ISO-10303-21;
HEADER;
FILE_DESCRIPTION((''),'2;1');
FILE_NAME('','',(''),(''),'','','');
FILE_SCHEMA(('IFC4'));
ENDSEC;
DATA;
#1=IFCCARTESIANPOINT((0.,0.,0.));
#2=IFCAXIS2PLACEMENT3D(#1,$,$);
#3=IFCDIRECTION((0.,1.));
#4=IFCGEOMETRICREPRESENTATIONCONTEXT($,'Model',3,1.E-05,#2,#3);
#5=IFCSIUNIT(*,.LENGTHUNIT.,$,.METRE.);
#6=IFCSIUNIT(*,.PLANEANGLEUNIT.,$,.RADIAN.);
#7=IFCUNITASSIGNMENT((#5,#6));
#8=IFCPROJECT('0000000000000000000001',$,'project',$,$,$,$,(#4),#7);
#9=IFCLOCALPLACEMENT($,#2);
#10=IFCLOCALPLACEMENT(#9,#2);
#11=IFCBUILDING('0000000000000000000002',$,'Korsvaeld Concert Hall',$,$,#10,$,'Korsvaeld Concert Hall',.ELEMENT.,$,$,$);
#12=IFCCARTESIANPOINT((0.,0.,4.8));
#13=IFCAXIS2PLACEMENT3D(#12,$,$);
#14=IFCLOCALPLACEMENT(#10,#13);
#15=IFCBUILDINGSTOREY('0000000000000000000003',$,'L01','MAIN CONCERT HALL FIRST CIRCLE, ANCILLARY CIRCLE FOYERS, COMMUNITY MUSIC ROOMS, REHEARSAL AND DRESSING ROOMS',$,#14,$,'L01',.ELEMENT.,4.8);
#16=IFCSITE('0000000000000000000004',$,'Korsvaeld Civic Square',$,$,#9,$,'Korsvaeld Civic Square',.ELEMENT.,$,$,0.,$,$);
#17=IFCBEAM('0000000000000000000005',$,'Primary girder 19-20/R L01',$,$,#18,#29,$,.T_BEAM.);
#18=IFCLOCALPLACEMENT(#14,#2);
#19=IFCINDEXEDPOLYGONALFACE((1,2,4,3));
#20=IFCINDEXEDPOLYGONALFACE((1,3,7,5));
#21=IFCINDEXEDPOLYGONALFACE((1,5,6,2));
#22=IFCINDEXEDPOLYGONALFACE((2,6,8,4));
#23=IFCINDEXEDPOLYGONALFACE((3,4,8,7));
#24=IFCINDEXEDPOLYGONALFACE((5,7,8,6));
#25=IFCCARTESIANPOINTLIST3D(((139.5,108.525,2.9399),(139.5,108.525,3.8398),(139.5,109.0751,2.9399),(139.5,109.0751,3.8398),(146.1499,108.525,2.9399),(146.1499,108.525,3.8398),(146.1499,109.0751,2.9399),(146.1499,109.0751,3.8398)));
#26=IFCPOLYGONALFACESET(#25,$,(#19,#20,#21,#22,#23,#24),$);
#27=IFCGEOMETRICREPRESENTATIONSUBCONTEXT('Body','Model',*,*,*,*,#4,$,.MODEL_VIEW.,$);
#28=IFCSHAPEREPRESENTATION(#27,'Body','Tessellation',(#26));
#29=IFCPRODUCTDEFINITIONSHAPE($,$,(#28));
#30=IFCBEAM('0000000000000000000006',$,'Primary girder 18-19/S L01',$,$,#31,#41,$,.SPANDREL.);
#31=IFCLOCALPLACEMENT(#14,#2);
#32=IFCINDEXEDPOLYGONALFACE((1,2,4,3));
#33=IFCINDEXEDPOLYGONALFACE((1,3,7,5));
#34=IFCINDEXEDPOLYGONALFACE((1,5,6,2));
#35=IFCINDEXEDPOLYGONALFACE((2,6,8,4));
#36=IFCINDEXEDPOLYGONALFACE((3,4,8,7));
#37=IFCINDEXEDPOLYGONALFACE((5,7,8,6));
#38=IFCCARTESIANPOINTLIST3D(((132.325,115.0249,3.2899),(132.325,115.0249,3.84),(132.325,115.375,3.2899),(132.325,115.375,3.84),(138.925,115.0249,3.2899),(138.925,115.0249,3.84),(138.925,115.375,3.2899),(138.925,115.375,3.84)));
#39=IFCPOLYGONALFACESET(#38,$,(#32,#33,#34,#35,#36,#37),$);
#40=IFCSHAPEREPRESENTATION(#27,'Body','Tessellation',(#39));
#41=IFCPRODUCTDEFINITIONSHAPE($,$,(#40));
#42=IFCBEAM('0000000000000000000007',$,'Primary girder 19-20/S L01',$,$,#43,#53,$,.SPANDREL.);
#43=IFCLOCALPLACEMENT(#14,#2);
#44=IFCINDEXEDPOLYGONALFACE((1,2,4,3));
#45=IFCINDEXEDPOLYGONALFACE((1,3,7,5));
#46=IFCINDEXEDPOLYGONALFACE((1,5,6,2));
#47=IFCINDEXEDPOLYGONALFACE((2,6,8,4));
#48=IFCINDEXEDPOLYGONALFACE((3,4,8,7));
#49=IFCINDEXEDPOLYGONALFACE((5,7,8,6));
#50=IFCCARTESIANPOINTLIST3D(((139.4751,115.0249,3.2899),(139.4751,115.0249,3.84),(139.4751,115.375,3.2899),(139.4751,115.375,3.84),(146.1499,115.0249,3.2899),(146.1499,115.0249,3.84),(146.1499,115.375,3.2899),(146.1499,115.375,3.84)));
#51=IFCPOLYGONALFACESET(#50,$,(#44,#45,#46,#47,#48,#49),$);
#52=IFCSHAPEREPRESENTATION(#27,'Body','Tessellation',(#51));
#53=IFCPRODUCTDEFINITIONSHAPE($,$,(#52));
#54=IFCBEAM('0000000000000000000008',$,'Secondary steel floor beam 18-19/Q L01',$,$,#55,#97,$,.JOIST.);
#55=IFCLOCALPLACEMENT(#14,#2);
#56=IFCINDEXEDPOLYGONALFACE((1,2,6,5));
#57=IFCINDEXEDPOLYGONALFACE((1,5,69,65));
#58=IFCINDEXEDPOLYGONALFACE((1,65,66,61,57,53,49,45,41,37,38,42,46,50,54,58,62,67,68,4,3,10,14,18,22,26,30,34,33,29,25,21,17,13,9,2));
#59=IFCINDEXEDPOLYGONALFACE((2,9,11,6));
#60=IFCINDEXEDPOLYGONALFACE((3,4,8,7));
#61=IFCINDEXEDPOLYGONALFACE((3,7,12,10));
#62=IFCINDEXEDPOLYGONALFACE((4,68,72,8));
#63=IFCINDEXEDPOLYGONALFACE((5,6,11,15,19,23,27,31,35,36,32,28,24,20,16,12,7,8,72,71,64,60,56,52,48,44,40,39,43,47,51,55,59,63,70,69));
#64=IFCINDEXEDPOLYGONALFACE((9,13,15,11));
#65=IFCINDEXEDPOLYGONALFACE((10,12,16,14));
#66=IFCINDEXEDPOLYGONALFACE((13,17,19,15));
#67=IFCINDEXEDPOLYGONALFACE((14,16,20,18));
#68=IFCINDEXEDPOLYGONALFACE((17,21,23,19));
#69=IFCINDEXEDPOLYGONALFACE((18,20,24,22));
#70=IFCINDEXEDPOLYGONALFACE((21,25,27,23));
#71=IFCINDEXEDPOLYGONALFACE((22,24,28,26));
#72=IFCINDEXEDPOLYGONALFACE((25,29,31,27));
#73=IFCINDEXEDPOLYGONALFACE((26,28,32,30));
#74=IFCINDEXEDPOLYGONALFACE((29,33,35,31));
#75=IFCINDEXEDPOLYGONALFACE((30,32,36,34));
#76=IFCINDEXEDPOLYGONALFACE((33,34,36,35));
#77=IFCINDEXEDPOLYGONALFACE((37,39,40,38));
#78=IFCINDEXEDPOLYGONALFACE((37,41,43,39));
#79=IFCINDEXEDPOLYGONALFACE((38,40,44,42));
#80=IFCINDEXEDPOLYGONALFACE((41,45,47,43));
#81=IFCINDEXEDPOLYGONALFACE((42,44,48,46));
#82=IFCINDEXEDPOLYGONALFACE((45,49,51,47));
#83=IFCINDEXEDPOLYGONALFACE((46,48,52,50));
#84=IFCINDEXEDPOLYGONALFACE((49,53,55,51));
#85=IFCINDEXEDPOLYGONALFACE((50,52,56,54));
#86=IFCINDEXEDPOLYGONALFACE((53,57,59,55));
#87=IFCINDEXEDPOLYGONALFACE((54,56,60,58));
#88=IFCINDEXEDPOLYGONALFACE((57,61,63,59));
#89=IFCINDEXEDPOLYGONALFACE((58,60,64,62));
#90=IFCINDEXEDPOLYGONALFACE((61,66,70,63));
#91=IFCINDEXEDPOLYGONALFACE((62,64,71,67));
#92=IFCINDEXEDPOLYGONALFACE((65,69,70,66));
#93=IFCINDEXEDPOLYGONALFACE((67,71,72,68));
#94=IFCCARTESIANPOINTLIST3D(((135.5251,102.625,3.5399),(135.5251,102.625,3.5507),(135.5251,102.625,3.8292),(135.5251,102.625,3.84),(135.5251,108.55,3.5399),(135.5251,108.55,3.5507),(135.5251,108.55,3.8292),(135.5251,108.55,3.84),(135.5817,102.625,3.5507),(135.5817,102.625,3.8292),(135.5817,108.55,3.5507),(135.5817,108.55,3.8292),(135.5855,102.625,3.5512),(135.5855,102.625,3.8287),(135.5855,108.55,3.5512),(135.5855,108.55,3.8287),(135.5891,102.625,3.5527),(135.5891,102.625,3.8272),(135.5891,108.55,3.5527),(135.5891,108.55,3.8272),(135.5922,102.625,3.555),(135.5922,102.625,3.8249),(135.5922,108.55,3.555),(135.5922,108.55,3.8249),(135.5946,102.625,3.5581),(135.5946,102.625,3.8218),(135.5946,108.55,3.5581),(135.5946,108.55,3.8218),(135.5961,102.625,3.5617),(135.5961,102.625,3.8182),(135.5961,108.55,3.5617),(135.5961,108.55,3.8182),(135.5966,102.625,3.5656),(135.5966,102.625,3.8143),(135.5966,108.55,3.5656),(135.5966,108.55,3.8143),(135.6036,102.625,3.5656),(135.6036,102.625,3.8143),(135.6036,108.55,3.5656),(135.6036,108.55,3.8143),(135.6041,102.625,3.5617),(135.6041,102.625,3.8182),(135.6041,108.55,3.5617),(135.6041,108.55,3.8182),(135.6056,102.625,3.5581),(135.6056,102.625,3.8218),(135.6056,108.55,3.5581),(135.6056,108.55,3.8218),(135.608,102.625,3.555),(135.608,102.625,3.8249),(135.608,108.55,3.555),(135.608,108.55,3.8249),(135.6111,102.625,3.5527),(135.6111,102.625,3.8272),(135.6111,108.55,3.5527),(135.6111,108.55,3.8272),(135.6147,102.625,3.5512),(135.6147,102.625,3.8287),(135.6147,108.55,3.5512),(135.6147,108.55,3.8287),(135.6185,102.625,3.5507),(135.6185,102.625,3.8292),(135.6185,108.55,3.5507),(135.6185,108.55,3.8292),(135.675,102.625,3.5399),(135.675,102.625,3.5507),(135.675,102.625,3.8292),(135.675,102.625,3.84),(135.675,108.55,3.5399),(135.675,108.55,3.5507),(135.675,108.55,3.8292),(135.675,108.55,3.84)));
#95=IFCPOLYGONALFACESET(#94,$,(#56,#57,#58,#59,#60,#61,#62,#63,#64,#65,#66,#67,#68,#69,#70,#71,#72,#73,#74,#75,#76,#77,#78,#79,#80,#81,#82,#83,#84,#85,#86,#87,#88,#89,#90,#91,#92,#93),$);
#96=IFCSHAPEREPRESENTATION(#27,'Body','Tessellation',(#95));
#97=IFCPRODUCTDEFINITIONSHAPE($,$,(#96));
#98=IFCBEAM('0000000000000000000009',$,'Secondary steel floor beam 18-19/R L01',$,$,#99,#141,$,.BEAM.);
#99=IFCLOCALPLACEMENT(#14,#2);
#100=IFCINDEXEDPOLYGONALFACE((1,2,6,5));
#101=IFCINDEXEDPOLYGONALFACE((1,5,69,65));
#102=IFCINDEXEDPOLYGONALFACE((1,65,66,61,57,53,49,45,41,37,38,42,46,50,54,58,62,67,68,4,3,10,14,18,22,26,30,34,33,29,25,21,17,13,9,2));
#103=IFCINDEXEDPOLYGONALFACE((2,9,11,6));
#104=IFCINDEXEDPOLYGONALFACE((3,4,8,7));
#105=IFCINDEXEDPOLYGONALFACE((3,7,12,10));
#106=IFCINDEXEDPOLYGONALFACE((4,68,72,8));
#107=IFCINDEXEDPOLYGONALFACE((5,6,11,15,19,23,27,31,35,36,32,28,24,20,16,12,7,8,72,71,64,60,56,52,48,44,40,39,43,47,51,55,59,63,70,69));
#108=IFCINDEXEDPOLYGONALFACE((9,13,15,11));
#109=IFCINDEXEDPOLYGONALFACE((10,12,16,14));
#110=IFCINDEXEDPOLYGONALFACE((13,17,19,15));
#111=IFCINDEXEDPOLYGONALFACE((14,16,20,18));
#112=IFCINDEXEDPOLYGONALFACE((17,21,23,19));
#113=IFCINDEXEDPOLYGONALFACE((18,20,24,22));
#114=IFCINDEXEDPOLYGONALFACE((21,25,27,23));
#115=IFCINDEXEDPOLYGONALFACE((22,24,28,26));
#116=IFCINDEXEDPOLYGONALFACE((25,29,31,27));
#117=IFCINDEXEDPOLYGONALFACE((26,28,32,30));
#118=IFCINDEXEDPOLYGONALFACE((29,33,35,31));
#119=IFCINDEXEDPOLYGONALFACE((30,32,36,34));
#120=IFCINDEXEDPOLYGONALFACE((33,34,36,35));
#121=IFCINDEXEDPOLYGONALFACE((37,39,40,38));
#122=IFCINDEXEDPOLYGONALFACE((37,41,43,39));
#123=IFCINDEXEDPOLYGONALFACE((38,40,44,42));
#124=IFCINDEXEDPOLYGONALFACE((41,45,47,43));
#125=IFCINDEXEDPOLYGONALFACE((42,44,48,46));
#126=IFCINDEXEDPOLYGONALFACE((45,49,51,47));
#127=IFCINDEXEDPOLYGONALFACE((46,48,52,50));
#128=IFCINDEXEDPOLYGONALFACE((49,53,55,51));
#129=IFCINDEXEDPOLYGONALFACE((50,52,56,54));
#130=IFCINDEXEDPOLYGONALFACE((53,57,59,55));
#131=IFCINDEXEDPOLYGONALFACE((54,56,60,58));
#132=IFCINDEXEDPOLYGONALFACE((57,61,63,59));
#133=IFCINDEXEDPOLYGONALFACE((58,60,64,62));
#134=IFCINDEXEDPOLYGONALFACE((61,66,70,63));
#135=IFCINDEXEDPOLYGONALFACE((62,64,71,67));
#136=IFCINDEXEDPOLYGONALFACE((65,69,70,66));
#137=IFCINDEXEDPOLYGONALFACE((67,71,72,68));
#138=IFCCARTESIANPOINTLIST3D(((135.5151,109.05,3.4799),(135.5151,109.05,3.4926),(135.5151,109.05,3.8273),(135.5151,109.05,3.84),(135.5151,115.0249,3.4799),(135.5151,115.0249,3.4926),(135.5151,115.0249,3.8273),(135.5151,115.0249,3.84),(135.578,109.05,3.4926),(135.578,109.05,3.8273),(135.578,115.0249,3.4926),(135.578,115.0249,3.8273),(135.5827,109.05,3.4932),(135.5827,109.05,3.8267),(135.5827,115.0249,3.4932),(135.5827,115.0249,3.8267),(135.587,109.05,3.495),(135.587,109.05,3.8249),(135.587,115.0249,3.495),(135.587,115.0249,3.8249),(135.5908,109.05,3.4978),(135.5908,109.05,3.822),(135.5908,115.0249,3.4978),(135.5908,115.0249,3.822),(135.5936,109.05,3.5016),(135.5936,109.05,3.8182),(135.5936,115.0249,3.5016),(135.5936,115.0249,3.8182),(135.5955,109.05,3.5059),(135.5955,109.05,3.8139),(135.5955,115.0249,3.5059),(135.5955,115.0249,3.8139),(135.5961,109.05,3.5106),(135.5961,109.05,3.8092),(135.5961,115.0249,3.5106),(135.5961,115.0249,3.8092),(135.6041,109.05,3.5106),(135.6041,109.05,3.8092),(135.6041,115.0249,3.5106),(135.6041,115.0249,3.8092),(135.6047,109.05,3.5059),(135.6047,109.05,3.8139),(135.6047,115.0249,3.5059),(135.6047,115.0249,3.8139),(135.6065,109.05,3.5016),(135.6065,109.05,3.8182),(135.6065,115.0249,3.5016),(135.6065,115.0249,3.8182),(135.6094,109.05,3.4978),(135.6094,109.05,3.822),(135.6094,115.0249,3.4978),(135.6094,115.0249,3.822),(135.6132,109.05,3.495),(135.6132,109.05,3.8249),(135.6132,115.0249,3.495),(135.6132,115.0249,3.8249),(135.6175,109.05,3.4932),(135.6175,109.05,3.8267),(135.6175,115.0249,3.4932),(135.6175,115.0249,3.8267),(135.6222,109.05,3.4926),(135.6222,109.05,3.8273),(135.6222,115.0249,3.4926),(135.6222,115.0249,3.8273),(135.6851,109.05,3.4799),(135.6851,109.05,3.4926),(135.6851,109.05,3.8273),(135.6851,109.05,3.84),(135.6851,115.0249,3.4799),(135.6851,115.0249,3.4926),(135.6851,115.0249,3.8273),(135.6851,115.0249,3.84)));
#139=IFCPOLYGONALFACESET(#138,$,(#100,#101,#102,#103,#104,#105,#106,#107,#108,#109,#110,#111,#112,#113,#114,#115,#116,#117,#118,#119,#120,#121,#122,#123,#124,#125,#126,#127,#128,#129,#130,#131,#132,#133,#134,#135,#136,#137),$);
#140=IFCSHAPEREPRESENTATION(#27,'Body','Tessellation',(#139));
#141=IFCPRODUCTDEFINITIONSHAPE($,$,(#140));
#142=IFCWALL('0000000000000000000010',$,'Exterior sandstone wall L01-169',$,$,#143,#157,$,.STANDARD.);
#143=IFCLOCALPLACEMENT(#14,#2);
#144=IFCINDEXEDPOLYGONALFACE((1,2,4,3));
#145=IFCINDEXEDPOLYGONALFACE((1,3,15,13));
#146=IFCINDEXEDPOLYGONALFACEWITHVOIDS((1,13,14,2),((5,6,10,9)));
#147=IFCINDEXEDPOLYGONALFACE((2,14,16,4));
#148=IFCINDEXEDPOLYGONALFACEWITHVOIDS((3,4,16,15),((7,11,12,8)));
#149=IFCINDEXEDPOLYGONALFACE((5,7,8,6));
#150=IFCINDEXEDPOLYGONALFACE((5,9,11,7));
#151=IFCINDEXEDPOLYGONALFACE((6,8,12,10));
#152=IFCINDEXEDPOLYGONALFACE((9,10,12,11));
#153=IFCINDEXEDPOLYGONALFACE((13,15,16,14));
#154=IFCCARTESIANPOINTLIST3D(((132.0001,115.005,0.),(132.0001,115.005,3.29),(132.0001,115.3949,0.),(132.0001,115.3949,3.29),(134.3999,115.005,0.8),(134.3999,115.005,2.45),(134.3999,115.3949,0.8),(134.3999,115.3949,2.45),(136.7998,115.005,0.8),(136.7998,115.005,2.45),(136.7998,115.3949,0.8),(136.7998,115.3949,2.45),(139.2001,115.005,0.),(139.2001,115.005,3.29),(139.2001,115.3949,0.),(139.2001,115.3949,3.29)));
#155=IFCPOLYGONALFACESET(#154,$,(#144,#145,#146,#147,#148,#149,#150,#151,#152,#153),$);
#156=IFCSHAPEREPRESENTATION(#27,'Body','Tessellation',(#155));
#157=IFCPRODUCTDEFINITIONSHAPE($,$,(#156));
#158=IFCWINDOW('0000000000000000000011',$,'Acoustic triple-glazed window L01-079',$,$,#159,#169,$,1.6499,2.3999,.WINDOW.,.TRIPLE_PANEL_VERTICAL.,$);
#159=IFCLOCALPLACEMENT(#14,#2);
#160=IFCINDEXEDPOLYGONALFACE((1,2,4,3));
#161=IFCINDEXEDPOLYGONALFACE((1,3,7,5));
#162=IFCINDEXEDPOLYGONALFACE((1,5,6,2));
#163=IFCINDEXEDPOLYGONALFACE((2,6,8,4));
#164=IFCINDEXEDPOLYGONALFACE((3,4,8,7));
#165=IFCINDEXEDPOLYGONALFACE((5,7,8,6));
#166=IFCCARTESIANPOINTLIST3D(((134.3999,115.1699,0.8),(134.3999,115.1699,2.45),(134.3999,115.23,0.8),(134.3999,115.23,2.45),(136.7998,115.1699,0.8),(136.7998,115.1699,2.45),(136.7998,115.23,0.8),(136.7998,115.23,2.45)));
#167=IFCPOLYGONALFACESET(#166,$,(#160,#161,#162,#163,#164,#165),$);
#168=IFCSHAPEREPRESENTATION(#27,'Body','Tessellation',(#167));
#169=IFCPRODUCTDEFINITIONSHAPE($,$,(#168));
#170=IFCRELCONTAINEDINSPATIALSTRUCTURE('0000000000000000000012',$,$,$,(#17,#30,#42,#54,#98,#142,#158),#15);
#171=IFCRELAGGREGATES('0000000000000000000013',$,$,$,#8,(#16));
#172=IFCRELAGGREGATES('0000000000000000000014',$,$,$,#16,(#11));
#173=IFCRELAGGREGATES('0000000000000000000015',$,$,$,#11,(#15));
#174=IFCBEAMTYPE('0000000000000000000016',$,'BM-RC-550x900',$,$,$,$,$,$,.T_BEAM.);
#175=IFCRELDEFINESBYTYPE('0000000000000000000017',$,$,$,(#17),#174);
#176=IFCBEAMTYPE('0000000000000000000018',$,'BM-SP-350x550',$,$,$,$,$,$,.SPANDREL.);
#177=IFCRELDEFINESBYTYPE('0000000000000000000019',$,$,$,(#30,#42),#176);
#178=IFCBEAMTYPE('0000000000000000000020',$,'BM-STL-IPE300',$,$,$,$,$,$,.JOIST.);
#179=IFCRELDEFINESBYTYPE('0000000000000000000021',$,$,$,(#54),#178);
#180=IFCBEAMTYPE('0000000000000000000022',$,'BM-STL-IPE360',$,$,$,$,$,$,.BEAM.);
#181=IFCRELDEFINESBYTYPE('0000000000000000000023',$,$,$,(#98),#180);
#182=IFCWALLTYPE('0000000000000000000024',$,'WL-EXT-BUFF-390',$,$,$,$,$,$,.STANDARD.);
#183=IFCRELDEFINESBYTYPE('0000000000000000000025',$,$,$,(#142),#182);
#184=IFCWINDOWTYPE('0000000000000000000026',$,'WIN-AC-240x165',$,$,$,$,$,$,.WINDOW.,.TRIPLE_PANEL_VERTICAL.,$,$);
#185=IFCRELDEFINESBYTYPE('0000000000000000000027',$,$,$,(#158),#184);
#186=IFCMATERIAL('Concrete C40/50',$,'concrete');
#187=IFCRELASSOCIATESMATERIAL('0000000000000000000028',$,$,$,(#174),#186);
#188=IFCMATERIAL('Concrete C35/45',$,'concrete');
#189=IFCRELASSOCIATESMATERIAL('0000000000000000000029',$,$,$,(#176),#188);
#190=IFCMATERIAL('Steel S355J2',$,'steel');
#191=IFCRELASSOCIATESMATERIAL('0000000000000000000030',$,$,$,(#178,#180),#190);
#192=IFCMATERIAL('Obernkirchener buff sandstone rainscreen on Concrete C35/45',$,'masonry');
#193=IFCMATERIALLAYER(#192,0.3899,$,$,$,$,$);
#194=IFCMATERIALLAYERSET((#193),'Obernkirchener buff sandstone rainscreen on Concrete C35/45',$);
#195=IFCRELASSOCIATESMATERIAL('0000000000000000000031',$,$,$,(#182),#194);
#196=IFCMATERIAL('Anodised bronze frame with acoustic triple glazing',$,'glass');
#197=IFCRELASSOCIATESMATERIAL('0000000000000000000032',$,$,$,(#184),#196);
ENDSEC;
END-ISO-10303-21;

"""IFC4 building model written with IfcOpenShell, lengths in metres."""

from ifc_helpers import new_model, si_unit, direction, frame, frame_2d, origin, origin_2d, place, context, subcontext, project, spatial, rectangle, i_section, extrude, material, layer, layer_set, material_profile, profile_set, type_object, element, fill, save


model = new_model("IFC4")

# Units and contexts
model_context = context("Model", 3, precision=1e-05, world=origin(), true_north=direction((0.0, 1.0)))
body_context = subcontext(model_context, "Body", "Model", "MODEL_VIEW")
ifc_project = project(units=[si_unit("LENGTHUNIT", "METRE"), si_unit("PLANEANGLEUNIT", "RADIAN")], contexts=[model_context])

# Site, building, storey
site_placement = place(None, origin())
site = spatial("IfcSite", under=ifc_project, at=site_placement, Name="Korsvaeld Civic Square", LongName="Korsvaeld Civic Square", CompositionType="ELEMENT", RefElevation=0.0)
building_placement = place(site_placement, origin())
building = spatial("IfcBuilding", under=site, at=building_placement, Name="Korsvaeld Concert Hall", LongName="Korsvaeld Concert Hall", CompositionType="ELEMENT")
storey_placement = place(building_placement, frame((0.0, 0.0, 4.8)))
storey = spatial("IfcBuildingStorey", under=building, at=storey_placement, Name="L01", Description="MAIN CONCERT HALL FIRST CIRCLE, ANCILLARY CIRCLE FOYERS, COMMUNITY MUSIC ROOMS, REHEARSAL AND DRESSING ROOMS", LongName="L01", CompositionType="ELEMENT", Elevation=4.8)

# Shared definitions
ifc_material_1 = material(Name="Concrete C40/50", Category="concrete")

# Beams
ifc_material_2 = material(Name="Concrete C35/45", Category="concrete")
ifc_material_profile_1 = material_profile(ifc_material_1, rectangle(XDim=0.55, YDim=0.8999, at=origin_2d()), Name="RC 550x900")
ifc_profile_set_1 = profile_set([ifc_material_profile_1], Name="Concrete C40/50")
beam_type_1 = type_object("IfcBeamType", Name="BM-RC-550x900", PredefinedType="T_BEAM", material=ifc_profile_set_1)
beam_1_placement = place(storey_placement, frame((139.5, 108.8, 3.3899), z_axis=(1.0, 0.0, 0.0), x_axis=(0.0, 1.0, 0.0)))
element("IfcBeam", 1, at=beam_1_placement, inside=storey, type_object=beam_type_1, Name="Primary girder 19-20/R L01", PredefinedType="T_BEAM", context=body_context, shape_type="SweptSolid", body=[
    extrude(rectangle(XDim=0.55, YDim=0.8999, at=origin_2d()), origin(), (0.0, 0.0, 1.0), 6.6499),
])
ifc_material_profile_2 = material_profile(ifc_material_2, rectangle(XDim=0.3501, YDim=0.55, at=origin_2d()), Name="RC 350x550")
ifc_profile_set_2 = profile_set([ifc_material_profile_2], Name="Concrete C35/45")
beam_type_2 = type_object("IfcBeamType", Name="BM-SP-350x550", PredefinedType="SPANDREL", material=ifc_profile_set_2)
beam_2_placement = place(storey_placement, frame((132.325, 115.2, 3.5649), z_axis=(1.0, 0.0, 0.0), x_axis=(0.0, 1.0, 0.0)))
element("IfcBeam", 2, at=beam_2_placement, inside=storey, type_object=beam_type_2, Name="Primary girder 18-19/S L01", PredefinedType="SPANDREL", context=body_context, shape_type="SweptSolid", body=[
    extrude(rectangle(XDim=0.3501, YDim=0.55, at=origin_2d()), origin(), (0.0, 0.0, 1.0), 6.6001),
])
beam_3_placement = place(storey_placement, frame((139.4751, 115.2, 3.5649), z_axis=(1.0, 0.0, 0.0), x_axis=(0.0, 1.0, 0.0)))
element("IfcBeam", 3, at=beam_3_placement, inside=storey, type_object=beam_type_2, Name="Primary girder 19-20/S L01", PredefinedType="SPANDREL", context=body_context, shape_type="SweptSolid", body=[
    extrude(rectangle(XDim=0.3501, YDim=0.55, at=origin_2d()), origin(), (0.0, 0.0, 1.0), 6.6748),
])
ifc_material_3 = material(Name="Steel S355J2", Category="steel")
ifc_material_profile_3 = material_profile(ifc_material_3, i_section(OverallWidth=0.1499, OverallDepth=0.3, WebThickness=0.0071, FlangeThickness=0.0107, FilletRadius=0.0149, at=origin_2d()), Name="IPE 300")
ifc_profile_set_3 = profile_set([ifc_material_profile_3], Name="Steel S355J2")
beam_type_3 = type_object("IfcBeamType", Name="BM-STL-IPE300", PredefinedType="JOIST", material=ifc_profile_set_3)
beam_4_placement = place(storey_placement, frame((135.6001, 102.625, 3.6899), z_axis=(0.0, 1.0, 0.0), x_axis=(-1.0, 0.0, 0.0)))
element("IfcBeam", 4, at=beam_4_placement, inside=storey, type_object=beam_type_3, Name="Secondary steel floor beam 18-19/Q L01", PredefinedType="JOIST", context=body_context, shape_type="SweptSolid", body=[
    extrude(i_section(OverallWidth=0.1499, OverallDepth=0.3, WebThickness=0.0071, FlangeThickness=0.0107, FilletRadius=0.0149, at=origin_2d()), origin(), (0.0, 0.0, 1.0), 5.925),
])
ifc_material_profile_4 = material_profile(ifc_material_3, i_section(OverallWidth=0.1699, OverallDepth=0.3601, WebThickness=0.0081, FlangeThickness=0.0127, FilletRadius=0.0181, at=origin_2d()), Name="IPE 360")
ifc_profile_set_4 = profile_set([ifc_material_profile_4], Name="Steel S355J2")
beam_type_4 = type_object("IfcBeamType", Name="BM-STL-IPE360", PredefinedType="BEAM", material=ifc_profile_set_4)
beam_5_placement = place(storey_placement, frame((135.6001, 109.05, 3.6599), z_axis=(0.0, 1.0, 0.0), x_axis=(-1.0, 0.0, 0.0)))
element("IfcBeam", 5, at=beam_5_placement, inside=storey, type_object=beam_type_4, Name="Secondary steel floor beam 18-19/R L01", PredefinedType="BEAM", context=body_context, shape_type="SweptSolid", body=[
    extrude(i_section(OverallWidth=0.1699, OverallDepth=0.3601, WebThickness=0.0081, FlangeThickness=0.0127, FilletRadius=0.0181, at=origin_2d()), origin(), (0.0, 0.0, 1.0), 5.9749),
])

# Wall, opening, window
ifc_material_4 = material(Name="Obernkirchener buff sandstone rainscreen on Concrete C35/45", Category="masonry")
ifc_layer_1 = layer(ifc_material_4, 0.3899)
ifc_layer_set_1 = layer_set([ifc_layer_1], Name="Obernkirchener buff sandstone rainscreen on Concrete C35/45")
wall_type_1 = type_object("IfcWallType", Name="WL-EXT-BUFF-390", PredefinedType="STANDARD", material=ifc_layer_set_1)
wall_1_placement = place(storey_placement, frame((132.0, 115.2, 0.0), z_axis=(0.0, 0.0, 1.0), x_axis=(1.0, 0.0, 0.0)))
wall_1 = element("IfcWall", 6, at=wall_1_placement, inside=storey, type_object=wall_type_1, Name="Exterior sandstone wall L01-169", PredefinedType="STANDARD", context=body_context, shape_type="SweptSolid", body=[
    extrude(rectangle(XDim=7.2, YDim=0.3899, at=frame_2d((3.6001, 0.0))), origin(), (0.0, 0.0, 1.0), 3.29),
])
opening_1_placement = place(wall_1_placement, frame((2.3999, 0.0, 0.8)))
opening_1 = element("IfcOpeningElement", 7, at=opening_1_placement, cuts=wall_1, PredefinedType="OPENING", context=body_context, shape_type="SweptSolid", body=[
    extrude(rectangle(XDim=2.3999, YDim=1.6499, at=frame_2d((1.2, 0.825))), frame((0.0, 0.2051, 0.0), z_axis=(0.0, -1.0, 0.0), x_axis=(1.0, 0.0, 0.0)), (0.0, 0.0, 1.0), 0.4099),
])
ifc_material_5 = material(Name="Anodised bronze frame with acoustic triple glazing", Category="glass")
window_type_1 = type_object("IfcWindowType", Name="WIN-AC-240x165", PartitioningType="TRIPLE_PANEL_VERTICAL", PredefinedType="WINDOW", material=ifc_material_5)
window_1_placement = place(opening_1_placement, origin())
window_1 = element("IfcWindow", 8, at=window_1_placement, inside=storey, type_object=window_type_1, Name="Acoustic triple-glazed window L01-079", OverallHeight=1.6499, OverallWidth=2.3999, PartitioningType="TRIPLE_PANEL_VERTICAL", PredefinedType="WINDOW", context=body_context, shape_type="SweptSolid", body=[
    extrude(rectangle(XDim=2.3999, YDim=1.6499, at=frame_2d((1.2, 0.825))), frame((0.0, 0.03, 0.0), z_axis=(0.0, -1.0, 0.0), x_axis=(1.0, 0.0, 0.0)), (0.0, 0.0, 1.0), 0.0601),
])
fill(opening_1, window_1)

save(model, "model.ifc")
